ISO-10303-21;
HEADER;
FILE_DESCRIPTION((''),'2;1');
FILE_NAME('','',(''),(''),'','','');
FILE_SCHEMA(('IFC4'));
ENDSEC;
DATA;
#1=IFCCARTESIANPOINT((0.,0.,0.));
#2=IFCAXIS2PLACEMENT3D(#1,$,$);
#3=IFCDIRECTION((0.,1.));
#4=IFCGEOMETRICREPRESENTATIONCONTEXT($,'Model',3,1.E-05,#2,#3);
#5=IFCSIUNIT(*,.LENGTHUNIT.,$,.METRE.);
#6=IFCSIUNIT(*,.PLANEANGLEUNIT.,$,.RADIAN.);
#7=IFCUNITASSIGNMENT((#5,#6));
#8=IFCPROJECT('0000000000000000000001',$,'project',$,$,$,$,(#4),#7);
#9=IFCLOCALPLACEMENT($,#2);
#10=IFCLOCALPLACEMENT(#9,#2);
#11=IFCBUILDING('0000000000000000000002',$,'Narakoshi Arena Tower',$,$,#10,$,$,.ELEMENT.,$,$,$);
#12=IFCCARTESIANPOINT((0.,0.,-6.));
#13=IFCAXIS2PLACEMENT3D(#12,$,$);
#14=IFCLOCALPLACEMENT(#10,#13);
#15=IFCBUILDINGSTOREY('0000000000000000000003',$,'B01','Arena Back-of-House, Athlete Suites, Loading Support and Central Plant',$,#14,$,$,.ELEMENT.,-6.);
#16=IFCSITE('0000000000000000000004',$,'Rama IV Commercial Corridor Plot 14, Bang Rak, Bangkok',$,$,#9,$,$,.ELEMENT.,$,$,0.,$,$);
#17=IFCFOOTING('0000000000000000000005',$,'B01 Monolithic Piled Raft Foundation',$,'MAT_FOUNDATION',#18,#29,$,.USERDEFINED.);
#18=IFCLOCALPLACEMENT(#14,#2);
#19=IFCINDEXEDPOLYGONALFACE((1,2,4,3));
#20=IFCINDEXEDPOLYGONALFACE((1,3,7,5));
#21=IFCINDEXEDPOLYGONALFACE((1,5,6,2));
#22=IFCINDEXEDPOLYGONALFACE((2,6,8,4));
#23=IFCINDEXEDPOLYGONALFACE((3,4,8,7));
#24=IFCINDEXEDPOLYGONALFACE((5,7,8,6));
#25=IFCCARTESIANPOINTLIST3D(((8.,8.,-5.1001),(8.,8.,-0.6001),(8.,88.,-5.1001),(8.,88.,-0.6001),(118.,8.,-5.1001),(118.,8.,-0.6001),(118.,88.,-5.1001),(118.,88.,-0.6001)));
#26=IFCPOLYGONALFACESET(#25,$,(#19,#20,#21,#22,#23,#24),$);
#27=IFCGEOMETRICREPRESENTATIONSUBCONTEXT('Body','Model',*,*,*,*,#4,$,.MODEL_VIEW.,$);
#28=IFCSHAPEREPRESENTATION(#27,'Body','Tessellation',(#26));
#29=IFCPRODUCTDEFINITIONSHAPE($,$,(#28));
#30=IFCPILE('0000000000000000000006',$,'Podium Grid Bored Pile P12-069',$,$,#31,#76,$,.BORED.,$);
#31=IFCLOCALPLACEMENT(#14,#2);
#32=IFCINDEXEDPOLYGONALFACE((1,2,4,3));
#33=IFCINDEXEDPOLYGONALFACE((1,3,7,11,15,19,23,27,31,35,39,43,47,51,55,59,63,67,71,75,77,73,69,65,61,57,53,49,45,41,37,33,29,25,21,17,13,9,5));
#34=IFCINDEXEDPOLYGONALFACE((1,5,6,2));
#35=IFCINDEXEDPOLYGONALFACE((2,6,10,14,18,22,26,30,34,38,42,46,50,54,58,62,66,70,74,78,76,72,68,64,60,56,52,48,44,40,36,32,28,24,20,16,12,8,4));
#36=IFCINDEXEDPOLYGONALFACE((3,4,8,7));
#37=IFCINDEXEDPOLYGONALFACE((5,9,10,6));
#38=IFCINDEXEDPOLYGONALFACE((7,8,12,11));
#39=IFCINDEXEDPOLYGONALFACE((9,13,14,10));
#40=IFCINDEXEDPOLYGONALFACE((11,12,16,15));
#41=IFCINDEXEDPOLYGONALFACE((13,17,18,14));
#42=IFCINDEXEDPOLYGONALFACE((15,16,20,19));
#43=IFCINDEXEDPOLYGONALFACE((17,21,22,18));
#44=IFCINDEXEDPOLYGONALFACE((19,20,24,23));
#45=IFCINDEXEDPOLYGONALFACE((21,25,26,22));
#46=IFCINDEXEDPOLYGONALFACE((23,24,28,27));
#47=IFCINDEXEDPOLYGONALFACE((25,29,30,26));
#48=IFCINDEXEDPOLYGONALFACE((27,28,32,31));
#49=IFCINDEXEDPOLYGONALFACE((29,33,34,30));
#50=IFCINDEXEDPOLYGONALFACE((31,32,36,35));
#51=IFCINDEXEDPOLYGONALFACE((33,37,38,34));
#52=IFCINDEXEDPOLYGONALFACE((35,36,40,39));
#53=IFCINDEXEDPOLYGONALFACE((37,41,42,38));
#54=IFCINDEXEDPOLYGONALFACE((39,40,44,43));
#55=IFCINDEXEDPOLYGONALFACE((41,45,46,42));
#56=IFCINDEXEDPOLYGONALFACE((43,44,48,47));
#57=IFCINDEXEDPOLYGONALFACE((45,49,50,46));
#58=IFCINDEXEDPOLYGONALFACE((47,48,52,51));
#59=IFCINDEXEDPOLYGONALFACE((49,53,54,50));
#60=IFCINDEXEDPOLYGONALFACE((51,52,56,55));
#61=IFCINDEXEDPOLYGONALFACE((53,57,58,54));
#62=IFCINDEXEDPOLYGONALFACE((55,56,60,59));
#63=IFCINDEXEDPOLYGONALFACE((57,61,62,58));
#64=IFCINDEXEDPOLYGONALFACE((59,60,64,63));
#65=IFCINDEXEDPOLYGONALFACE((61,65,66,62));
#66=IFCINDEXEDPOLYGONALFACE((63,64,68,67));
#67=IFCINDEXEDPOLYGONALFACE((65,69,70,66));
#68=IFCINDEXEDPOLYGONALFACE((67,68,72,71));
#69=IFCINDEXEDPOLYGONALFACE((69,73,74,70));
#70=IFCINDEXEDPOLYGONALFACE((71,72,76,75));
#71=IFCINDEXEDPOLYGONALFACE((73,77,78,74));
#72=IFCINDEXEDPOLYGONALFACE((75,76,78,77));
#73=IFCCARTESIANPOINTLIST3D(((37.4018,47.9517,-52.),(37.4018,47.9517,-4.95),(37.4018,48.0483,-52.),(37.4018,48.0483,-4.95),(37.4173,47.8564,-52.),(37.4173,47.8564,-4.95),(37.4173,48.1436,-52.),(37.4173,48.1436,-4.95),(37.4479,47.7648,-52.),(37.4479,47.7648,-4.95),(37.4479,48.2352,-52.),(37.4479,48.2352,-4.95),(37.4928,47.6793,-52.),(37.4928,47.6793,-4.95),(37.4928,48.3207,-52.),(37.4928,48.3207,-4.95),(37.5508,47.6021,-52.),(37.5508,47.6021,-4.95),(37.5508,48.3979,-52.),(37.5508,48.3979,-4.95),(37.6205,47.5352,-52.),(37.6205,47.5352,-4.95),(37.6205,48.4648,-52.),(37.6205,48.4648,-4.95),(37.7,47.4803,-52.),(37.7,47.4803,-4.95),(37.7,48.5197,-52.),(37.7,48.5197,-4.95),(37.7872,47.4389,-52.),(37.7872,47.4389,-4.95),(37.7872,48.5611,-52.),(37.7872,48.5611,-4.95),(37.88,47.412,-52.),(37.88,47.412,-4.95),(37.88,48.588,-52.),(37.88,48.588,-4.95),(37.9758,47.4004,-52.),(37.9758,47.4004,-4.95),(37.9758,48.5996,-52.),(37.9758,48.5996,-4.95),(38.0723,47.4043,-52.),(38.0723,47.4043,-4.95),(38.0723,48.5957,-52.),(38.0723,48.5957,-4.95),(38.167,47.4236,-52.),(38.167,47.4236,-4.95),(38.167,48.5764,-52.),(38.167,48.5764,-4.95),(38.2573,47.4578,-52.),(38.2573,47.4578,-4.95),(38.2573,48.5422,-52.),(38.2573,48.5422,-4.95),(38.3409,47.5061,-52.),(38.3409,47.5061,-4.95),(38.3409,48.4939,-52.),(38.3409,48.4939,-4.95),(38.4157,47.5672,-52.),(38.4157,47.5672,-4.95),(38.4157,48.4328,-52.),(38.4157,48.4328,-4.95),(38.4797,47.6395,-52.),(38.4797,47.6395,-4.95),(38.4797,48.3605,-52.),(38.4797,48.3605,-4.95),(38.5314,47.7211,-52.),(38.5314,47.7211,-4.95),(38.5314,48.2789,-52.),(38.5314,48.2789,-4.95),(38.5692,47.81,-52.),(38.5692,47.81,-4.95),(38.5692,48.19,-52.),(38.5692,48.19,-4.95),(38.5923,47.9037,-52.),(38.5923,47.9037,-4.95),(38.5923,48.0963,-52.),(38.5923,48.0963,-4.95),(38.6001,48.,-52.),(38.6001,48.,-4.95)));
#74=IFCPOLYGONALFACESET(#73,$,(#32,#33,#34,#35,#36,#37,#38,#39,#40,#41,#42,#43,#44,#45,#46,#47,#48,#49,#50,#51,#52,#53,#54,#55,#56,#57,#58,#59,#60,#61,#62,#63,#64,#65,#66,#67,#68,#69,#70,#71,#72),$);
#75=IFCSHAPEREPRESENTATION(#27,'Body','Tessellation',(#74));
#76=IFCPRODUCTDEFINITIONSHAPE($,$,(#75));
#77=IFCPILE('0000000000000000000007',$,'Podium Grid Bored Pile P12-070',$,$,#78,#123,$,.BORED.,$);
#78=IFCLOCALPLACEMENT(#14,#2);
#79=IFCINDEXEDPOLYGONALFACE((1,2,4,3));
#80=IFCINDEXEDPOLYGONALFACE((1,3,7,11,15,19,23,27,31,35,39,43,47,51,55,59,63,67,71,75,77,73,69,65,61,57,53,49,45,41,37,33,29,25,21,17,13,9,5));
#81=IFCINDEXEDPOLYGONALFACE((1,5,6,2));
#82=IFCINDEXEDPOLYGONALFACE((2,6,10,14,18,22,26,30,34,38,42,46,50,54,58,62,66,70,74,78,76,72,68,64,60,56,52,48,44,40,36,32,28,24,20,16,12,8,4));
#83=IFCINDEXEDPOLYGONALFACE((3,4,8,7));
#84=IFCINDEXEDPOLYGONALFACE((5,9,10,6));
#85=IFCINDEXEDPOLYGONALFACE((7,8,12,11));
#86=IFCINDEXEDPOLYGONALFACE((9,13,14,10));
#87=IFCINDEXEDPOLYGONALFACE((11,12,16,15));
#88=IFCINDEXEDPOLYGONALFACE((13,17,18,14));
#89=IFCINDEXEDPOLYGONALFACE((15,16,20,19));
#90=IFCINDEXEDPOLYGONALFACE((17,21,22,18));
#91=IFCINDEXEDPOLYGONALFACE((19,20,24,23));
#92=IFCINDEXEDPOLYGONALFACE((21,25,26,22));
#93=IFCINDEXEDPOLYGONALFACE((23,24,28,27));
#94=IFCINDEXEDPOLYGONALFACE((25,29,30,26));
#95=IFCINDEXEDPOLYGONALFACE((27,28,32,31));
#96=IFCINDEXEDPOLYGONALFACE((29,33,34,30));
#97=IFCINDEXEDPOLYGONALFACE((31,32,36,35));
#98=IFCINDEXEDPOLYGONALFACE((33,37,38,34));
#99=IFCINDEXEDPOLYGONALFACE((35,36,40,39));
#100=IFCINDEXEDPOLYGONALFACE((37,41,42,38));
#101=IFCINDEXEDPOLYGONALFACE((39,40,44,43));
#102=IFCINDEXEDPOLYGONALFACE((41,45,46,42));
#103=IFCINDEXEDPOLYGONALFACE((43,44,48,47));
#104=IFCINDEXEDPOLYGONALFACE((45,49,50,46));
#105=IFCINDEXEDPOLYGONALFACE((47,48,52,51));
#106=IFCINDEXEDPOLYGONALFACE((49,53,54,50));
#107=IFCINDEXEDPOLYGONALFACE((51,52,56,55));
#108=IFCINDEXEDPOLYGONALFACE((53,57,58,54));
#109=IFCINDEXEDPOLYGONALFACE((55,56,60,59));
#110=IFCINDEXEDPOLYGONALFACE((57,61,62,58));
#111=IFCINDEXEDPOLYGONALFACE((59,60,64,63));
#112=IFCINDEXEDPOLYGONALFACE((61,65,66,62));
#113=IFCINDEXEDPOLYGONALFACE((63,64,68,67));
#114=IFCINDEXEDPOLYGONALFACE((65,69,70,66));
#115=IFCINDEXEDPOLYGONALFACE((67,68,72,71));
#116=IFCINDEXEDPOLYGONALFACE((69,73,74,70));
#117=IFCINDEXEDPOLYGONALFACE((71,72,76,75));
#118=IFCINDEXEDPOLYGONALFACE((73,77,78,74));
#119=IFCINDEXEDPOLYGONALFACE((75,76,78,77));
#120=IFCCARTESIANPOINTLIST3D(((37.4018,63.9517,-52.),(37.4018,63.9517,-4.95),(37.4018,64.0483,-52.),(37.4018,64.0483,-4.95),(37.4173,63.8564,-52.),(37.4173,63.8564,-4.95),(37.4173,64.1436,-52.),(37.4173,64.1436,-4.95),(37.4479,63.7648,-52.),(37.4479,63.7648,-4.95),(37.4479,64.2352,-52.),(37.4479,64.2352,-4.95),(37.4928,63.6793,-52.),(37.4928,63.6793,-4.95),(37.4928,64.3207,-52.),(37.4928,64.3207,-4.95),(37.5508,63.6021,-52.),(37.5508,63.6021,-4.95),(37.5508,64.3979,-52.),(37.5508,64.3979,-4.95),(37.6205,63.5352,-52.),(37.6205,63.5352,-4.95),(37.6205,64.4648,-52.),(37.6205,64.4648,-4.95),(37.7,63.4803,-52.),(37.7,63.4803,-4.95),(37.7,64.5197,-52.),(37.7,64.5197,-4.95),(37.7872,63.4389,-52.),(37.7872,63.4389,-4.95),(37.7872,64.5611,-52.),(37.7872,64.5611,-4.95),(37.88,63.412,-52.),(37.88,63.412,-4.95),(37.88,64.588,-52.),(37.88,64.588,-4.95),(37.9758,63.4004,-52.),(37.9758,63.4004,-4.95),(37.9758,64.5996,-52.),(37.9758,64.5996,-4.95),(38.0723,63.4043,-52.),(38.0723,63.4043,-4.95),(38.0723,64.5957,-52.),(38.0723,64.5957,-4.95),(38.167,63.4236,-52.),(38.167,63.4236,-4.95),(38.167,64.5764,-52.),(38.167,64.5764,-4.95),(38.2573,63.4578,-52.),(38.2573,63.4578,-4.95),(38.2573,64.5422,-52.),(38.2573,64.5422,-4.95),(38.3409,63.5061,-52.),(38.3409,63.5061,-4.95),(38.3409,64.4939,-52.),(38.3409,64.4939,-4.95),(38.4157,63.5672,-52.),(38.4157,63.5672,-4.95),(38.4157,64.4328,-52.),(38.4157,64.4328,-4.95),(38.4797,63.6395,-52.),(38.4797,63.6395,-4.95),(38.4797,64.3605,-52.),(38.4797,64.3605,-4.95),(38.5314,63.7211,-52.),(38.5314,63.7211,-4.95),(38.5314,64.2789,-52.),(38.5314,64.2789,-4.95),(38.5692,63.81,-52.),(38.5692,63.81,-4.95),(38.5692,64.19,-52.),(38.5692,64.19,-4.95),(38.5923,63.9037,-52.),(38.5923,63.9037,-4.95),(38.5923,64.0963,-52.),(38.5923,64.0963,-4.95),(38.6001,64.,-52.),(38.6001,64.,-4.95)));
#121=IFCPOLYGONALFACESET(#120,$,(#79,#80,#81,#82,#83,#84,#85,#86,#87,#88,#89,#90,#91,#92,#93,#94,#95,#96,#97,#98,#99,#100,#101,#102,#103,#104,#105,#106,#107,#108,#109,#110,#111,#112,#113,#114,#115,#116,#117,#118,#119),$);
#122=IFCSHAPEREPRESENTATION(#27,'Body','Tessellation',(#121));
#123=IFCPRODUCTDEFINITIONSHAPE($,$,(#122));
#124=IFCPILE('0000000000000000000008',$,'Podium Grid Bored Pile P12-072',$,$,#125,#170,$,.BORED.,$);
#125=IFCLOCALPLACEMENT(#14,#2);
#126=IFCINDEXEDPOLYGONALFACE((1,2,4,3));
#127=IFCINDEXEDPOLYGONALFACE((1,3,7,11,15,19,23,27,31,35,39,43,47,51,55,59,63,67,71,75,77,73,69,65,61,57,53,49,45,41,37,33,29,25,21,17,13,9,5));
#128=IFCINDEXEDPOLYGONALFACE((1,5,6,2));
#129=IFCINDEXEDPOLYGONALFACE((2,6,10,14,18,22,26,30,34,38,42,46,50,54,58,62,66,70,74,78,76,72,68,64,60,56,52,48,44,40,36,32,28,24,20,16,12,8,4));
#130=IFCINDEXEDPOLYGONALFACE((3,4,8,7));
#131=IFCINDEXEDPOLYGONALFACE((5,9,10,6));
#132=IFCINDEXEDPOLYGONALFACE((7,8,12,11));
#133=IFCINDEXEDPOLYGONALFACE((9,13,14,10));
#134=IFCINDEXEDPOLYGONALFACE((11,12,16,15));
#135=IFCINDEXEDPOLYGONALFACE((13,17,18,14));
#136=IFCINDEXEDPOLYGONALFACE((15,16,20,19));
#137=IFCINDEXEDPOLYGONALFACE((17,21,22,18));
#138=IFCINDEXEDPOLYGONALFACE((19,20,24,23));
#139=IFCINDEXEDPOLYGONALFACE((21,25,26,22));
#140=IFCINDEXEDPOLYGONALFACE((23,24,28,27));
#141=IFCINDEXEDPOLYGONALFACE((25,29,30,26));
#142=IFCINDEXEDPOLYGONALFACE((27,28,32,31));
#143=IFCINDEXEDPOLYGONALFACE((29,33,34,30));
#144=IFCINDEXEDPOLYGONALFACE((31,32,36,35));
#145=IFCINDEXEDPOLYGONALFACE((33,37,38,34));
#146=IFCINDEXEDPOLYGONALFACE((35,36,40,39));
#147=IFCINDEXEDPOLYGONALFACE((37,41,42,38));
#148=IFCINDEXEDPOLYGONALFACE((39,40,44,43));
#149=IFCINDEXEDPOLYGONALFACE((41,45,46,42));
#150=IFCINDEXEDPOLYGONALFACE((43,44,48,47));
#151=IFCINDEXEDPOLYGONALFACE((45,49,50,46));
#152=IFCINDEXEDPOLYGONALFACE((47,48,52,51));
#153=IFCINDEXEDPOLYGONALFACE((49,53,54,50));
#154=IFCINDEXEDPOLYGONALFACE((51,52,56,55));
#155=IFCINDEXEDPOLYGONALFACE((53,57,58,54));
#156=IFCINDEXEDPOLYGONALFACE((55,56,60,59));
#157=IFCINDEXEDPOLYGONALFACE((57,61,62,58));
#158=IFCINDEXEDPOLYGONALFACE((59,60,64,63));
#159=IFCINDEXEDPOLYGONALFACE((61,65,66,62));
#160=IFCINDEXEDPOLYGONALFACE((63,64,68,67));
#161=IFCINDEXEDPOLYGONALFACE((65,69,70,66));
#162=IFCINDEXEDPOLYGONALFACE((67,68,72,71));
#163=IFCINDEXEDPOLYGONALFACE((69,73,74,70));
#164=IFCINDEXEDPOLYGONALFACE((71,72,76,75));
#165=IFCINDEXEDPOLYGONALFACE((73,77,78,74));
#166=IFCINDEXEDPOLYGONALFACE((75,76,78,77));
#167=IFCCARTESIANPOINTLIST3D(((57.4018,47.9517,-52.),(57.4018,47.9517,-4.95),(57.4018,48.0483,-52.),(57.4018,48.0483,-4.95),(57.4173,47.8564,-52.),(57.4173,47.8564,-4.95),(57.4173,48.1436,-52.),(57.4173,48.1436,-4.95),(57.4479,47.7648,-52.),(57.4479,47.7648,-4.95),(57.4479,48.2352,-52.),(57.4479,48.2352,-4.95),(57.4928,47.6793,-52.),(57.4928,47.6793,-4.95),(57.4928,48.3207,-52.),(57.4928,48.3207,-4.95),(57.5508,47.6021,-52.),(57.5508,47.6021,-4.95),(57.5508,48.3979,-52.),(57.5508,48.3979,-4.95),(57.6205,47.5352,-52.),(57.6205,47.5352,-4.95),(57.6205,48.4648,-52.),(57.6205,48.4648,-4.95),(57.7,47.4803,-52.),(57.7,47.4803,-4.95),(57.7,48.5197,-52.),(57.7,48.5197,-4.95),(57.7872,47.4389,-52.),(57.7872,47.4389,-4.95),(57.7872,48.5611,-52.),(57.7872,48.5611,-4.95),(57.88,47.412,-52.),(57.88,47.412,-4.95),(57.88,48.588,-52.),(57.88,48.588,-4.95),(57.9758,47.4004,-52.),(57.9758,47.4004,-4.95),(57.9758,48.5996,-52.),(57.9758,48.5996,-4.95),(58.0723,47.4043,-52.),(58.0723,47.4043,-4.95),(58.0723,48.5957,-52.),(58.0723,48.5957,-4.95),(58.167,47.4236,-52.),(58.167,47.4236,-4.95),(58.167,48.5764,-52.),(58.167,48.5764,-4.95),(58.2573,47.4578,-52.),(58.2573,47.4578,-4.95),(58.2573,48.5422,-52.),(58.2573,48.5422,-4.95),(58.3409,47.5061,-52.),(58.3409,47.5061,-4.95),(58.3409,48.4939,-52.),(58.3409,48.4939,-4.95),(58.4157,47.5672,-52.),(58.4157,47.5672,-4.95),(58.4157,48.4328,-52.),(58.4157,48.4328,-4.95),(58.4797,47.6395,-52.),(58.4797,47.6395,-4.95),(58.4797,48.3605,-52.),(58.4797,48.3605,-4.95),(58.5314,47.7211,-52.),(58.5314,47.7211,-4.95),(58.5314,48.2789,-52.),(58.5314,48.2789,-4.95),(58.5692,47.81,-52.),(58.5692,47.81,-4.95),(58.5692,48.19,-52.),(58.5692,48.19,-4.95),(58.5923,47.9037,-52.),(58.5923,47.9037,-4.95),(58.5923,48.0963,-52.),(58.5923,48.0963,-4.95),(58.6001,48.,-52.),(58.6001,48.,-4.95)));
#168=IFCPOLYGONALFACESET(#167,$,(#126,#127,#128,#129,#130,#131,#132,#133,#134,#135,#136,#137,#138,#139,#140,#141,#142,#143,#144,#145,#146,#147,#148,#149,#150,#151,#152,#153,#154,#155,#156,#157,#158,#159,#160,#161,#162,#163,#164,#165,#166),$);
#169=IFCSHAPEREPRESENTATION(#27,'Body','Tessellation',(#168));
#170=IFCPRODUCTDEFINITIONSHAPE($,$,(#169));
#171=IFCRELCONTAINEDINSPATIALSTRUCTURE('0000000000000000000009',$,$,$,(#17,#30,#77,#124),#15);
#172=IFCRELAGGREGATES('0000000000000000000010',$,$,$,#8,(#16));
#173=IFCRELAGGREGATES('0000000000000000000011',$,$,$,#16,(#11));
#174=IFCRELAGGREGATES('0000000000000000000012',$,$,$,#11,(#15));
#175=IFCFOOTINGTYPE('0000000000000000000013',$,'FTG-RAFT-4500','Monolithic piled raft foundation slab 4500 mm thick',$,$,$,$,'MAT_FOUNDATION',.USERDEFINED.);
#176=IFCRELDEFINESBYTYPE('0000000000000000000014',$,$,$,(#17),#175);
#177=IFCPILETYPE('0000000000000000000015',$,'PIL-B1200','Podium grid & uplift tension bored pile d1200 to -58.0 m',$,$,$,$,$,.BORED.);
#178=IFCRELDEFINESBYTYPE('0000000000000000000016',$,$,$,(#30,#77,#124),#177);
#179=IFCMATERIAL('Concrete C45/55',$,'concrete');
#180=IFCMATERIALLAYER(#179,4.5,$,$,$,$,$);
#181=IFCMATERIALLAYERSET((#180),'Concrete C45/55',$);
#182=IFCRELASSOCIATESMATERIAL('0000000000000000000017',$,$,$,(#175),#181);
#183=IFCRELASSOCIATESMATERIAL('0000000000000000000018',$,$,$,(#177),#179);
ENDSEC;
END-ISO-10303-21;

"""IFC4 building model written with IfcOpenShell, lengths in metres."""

from ifc_helpers import new_model, si_unit, direction, frame, origin, origin_2d, place, context, subcontext, project, spatial, rectangle, circle, extrude, material, layer, layer_set, material_profile, profile_set, type_object, element, save


model = new_model("IFC4")

# Units and contexts
model_context = context("Model", 3, precision=1e-05, world=origin(), true_north=direction((0.0, 1.0)))
body_context = subcontext(model_context, "Body", "Model", "MODEL_VIEW")
ifc_project = project(units=[si_unit("LENGTHUNIT", "METRE"), si_unit("PLANEANGLEUNIT", "RADIAN")], contexts=[model_context])

# Site, building, storey
site_placement = place(None, origin())
site = spatial("IfcSite", under=ifc_project, at=site_placement, Name="Rama IV Commercial Corridor Plot 14, Bang Rak, Bangkok", CompositionType="ELEMENT", RefElevation=0.0)
building_placement = place(site_placement, origin())
building = spatial("IfcBuilding", under=site, at=building_placement, Name="Narakoshi Arena Tower", CompositionType="ELEMENT")
storey_placement = place(building_placement, frame((0.0, 0.0, -6.0)))
storey = spatial("IfcBuildingStorey", under=building, at=storey_placement, Name="B01", Description="Arena Back-of-House, Athlete Suites, Loading Support and Central Plant", CompositionType="ELEMENT", Elevation=-6.0)

# Footing
ifc_material_1 = material(Name="Concrete C45/55", Category="concrete")
ifc_layer = layer(ifc_material_1, 4.5)
ifc_layer_set = layer_set([ifc_layer], Name="Concrete C45/55")
footing_type = type_object("IfcFootingType", Name="FTG-RAFT-4500", Description="Monolithic piled raft foundation slab 4500 mm thick", ElementType="MAT_FOUNDATION", PredefinedType="USERDEFINED", material=ifc_layer_set)
footing_placement = place(storey_placement, frame((63.0, 48.0, -5.1001), z_axis=(0.0, 0.0, 1.0), x_axis=(1.0, 0.0, 0.0)))
element("IfcFooting", 1, at=footing_placement, inside=storey, type_object=footing_type, Name="B01 Monolithic Piled Raft Foundation", ObjectType="MAT_FOUNDATION", PredefinedType="USERDEFINED", context=body_context, shape_type="SweptSolid", body=[
    extrude(rectangle(XDim=110.0, YDim=80.0, at=origin_2d()), origin(), (0.0, 0.0, 1.0), 4.5),
])

# Piles
ifc_material_profile_1 = material_profile(ifc_material_1, circle(Radius=0.6001, at=origin_2d()), Name="PILE-D1200")
ifc_profile_set_1 = profile_set([ifc_material_profile_1], Name="Concrete C45/55")
pile_type = type_object("IfcPileType", Name="PIL-B1200", Description="Podium grid & uplift tension bored pile d1200 to -58.0 m", PredefinedType="BORED", material=ifc_profile_set_1)
for number, where, z_axis, x_axis, name in (
    (2, (38.0, 48.0, -4.95), (0.0, 0.0, -1.0), (1.0, 0.0, 0.0), "Podium Grid Bored Pile P12-069"),
    (3, (38.0, 64.0, -4.95), (0.0, 0.0, -1.0), (1.0, 0.0, 0.0), "Podium Grid Bored Pile P12-070"),
    (4, (58.0, 48.0, -4.95), (0.0, 0.0, -1.0), (1.0, 0.0, 0.0), "Podium Grid Bored Pile P12-072"),
):
    element("IfcPile", number, at=place(storey_placement, frame(where, z_axis=z_axis, x_axis=x_axis)), inside=storey, type_object=pile_type, Name=name, PredefinedType="BORED", context=body_context, shape_type="SweptSolid", body=[
        extrude(circle(Radius=0.6001, at=origin_2d()), origin(), (0.0, 0.0, 1.0), 47.05),
    ])

save(model, "model.ifc")
